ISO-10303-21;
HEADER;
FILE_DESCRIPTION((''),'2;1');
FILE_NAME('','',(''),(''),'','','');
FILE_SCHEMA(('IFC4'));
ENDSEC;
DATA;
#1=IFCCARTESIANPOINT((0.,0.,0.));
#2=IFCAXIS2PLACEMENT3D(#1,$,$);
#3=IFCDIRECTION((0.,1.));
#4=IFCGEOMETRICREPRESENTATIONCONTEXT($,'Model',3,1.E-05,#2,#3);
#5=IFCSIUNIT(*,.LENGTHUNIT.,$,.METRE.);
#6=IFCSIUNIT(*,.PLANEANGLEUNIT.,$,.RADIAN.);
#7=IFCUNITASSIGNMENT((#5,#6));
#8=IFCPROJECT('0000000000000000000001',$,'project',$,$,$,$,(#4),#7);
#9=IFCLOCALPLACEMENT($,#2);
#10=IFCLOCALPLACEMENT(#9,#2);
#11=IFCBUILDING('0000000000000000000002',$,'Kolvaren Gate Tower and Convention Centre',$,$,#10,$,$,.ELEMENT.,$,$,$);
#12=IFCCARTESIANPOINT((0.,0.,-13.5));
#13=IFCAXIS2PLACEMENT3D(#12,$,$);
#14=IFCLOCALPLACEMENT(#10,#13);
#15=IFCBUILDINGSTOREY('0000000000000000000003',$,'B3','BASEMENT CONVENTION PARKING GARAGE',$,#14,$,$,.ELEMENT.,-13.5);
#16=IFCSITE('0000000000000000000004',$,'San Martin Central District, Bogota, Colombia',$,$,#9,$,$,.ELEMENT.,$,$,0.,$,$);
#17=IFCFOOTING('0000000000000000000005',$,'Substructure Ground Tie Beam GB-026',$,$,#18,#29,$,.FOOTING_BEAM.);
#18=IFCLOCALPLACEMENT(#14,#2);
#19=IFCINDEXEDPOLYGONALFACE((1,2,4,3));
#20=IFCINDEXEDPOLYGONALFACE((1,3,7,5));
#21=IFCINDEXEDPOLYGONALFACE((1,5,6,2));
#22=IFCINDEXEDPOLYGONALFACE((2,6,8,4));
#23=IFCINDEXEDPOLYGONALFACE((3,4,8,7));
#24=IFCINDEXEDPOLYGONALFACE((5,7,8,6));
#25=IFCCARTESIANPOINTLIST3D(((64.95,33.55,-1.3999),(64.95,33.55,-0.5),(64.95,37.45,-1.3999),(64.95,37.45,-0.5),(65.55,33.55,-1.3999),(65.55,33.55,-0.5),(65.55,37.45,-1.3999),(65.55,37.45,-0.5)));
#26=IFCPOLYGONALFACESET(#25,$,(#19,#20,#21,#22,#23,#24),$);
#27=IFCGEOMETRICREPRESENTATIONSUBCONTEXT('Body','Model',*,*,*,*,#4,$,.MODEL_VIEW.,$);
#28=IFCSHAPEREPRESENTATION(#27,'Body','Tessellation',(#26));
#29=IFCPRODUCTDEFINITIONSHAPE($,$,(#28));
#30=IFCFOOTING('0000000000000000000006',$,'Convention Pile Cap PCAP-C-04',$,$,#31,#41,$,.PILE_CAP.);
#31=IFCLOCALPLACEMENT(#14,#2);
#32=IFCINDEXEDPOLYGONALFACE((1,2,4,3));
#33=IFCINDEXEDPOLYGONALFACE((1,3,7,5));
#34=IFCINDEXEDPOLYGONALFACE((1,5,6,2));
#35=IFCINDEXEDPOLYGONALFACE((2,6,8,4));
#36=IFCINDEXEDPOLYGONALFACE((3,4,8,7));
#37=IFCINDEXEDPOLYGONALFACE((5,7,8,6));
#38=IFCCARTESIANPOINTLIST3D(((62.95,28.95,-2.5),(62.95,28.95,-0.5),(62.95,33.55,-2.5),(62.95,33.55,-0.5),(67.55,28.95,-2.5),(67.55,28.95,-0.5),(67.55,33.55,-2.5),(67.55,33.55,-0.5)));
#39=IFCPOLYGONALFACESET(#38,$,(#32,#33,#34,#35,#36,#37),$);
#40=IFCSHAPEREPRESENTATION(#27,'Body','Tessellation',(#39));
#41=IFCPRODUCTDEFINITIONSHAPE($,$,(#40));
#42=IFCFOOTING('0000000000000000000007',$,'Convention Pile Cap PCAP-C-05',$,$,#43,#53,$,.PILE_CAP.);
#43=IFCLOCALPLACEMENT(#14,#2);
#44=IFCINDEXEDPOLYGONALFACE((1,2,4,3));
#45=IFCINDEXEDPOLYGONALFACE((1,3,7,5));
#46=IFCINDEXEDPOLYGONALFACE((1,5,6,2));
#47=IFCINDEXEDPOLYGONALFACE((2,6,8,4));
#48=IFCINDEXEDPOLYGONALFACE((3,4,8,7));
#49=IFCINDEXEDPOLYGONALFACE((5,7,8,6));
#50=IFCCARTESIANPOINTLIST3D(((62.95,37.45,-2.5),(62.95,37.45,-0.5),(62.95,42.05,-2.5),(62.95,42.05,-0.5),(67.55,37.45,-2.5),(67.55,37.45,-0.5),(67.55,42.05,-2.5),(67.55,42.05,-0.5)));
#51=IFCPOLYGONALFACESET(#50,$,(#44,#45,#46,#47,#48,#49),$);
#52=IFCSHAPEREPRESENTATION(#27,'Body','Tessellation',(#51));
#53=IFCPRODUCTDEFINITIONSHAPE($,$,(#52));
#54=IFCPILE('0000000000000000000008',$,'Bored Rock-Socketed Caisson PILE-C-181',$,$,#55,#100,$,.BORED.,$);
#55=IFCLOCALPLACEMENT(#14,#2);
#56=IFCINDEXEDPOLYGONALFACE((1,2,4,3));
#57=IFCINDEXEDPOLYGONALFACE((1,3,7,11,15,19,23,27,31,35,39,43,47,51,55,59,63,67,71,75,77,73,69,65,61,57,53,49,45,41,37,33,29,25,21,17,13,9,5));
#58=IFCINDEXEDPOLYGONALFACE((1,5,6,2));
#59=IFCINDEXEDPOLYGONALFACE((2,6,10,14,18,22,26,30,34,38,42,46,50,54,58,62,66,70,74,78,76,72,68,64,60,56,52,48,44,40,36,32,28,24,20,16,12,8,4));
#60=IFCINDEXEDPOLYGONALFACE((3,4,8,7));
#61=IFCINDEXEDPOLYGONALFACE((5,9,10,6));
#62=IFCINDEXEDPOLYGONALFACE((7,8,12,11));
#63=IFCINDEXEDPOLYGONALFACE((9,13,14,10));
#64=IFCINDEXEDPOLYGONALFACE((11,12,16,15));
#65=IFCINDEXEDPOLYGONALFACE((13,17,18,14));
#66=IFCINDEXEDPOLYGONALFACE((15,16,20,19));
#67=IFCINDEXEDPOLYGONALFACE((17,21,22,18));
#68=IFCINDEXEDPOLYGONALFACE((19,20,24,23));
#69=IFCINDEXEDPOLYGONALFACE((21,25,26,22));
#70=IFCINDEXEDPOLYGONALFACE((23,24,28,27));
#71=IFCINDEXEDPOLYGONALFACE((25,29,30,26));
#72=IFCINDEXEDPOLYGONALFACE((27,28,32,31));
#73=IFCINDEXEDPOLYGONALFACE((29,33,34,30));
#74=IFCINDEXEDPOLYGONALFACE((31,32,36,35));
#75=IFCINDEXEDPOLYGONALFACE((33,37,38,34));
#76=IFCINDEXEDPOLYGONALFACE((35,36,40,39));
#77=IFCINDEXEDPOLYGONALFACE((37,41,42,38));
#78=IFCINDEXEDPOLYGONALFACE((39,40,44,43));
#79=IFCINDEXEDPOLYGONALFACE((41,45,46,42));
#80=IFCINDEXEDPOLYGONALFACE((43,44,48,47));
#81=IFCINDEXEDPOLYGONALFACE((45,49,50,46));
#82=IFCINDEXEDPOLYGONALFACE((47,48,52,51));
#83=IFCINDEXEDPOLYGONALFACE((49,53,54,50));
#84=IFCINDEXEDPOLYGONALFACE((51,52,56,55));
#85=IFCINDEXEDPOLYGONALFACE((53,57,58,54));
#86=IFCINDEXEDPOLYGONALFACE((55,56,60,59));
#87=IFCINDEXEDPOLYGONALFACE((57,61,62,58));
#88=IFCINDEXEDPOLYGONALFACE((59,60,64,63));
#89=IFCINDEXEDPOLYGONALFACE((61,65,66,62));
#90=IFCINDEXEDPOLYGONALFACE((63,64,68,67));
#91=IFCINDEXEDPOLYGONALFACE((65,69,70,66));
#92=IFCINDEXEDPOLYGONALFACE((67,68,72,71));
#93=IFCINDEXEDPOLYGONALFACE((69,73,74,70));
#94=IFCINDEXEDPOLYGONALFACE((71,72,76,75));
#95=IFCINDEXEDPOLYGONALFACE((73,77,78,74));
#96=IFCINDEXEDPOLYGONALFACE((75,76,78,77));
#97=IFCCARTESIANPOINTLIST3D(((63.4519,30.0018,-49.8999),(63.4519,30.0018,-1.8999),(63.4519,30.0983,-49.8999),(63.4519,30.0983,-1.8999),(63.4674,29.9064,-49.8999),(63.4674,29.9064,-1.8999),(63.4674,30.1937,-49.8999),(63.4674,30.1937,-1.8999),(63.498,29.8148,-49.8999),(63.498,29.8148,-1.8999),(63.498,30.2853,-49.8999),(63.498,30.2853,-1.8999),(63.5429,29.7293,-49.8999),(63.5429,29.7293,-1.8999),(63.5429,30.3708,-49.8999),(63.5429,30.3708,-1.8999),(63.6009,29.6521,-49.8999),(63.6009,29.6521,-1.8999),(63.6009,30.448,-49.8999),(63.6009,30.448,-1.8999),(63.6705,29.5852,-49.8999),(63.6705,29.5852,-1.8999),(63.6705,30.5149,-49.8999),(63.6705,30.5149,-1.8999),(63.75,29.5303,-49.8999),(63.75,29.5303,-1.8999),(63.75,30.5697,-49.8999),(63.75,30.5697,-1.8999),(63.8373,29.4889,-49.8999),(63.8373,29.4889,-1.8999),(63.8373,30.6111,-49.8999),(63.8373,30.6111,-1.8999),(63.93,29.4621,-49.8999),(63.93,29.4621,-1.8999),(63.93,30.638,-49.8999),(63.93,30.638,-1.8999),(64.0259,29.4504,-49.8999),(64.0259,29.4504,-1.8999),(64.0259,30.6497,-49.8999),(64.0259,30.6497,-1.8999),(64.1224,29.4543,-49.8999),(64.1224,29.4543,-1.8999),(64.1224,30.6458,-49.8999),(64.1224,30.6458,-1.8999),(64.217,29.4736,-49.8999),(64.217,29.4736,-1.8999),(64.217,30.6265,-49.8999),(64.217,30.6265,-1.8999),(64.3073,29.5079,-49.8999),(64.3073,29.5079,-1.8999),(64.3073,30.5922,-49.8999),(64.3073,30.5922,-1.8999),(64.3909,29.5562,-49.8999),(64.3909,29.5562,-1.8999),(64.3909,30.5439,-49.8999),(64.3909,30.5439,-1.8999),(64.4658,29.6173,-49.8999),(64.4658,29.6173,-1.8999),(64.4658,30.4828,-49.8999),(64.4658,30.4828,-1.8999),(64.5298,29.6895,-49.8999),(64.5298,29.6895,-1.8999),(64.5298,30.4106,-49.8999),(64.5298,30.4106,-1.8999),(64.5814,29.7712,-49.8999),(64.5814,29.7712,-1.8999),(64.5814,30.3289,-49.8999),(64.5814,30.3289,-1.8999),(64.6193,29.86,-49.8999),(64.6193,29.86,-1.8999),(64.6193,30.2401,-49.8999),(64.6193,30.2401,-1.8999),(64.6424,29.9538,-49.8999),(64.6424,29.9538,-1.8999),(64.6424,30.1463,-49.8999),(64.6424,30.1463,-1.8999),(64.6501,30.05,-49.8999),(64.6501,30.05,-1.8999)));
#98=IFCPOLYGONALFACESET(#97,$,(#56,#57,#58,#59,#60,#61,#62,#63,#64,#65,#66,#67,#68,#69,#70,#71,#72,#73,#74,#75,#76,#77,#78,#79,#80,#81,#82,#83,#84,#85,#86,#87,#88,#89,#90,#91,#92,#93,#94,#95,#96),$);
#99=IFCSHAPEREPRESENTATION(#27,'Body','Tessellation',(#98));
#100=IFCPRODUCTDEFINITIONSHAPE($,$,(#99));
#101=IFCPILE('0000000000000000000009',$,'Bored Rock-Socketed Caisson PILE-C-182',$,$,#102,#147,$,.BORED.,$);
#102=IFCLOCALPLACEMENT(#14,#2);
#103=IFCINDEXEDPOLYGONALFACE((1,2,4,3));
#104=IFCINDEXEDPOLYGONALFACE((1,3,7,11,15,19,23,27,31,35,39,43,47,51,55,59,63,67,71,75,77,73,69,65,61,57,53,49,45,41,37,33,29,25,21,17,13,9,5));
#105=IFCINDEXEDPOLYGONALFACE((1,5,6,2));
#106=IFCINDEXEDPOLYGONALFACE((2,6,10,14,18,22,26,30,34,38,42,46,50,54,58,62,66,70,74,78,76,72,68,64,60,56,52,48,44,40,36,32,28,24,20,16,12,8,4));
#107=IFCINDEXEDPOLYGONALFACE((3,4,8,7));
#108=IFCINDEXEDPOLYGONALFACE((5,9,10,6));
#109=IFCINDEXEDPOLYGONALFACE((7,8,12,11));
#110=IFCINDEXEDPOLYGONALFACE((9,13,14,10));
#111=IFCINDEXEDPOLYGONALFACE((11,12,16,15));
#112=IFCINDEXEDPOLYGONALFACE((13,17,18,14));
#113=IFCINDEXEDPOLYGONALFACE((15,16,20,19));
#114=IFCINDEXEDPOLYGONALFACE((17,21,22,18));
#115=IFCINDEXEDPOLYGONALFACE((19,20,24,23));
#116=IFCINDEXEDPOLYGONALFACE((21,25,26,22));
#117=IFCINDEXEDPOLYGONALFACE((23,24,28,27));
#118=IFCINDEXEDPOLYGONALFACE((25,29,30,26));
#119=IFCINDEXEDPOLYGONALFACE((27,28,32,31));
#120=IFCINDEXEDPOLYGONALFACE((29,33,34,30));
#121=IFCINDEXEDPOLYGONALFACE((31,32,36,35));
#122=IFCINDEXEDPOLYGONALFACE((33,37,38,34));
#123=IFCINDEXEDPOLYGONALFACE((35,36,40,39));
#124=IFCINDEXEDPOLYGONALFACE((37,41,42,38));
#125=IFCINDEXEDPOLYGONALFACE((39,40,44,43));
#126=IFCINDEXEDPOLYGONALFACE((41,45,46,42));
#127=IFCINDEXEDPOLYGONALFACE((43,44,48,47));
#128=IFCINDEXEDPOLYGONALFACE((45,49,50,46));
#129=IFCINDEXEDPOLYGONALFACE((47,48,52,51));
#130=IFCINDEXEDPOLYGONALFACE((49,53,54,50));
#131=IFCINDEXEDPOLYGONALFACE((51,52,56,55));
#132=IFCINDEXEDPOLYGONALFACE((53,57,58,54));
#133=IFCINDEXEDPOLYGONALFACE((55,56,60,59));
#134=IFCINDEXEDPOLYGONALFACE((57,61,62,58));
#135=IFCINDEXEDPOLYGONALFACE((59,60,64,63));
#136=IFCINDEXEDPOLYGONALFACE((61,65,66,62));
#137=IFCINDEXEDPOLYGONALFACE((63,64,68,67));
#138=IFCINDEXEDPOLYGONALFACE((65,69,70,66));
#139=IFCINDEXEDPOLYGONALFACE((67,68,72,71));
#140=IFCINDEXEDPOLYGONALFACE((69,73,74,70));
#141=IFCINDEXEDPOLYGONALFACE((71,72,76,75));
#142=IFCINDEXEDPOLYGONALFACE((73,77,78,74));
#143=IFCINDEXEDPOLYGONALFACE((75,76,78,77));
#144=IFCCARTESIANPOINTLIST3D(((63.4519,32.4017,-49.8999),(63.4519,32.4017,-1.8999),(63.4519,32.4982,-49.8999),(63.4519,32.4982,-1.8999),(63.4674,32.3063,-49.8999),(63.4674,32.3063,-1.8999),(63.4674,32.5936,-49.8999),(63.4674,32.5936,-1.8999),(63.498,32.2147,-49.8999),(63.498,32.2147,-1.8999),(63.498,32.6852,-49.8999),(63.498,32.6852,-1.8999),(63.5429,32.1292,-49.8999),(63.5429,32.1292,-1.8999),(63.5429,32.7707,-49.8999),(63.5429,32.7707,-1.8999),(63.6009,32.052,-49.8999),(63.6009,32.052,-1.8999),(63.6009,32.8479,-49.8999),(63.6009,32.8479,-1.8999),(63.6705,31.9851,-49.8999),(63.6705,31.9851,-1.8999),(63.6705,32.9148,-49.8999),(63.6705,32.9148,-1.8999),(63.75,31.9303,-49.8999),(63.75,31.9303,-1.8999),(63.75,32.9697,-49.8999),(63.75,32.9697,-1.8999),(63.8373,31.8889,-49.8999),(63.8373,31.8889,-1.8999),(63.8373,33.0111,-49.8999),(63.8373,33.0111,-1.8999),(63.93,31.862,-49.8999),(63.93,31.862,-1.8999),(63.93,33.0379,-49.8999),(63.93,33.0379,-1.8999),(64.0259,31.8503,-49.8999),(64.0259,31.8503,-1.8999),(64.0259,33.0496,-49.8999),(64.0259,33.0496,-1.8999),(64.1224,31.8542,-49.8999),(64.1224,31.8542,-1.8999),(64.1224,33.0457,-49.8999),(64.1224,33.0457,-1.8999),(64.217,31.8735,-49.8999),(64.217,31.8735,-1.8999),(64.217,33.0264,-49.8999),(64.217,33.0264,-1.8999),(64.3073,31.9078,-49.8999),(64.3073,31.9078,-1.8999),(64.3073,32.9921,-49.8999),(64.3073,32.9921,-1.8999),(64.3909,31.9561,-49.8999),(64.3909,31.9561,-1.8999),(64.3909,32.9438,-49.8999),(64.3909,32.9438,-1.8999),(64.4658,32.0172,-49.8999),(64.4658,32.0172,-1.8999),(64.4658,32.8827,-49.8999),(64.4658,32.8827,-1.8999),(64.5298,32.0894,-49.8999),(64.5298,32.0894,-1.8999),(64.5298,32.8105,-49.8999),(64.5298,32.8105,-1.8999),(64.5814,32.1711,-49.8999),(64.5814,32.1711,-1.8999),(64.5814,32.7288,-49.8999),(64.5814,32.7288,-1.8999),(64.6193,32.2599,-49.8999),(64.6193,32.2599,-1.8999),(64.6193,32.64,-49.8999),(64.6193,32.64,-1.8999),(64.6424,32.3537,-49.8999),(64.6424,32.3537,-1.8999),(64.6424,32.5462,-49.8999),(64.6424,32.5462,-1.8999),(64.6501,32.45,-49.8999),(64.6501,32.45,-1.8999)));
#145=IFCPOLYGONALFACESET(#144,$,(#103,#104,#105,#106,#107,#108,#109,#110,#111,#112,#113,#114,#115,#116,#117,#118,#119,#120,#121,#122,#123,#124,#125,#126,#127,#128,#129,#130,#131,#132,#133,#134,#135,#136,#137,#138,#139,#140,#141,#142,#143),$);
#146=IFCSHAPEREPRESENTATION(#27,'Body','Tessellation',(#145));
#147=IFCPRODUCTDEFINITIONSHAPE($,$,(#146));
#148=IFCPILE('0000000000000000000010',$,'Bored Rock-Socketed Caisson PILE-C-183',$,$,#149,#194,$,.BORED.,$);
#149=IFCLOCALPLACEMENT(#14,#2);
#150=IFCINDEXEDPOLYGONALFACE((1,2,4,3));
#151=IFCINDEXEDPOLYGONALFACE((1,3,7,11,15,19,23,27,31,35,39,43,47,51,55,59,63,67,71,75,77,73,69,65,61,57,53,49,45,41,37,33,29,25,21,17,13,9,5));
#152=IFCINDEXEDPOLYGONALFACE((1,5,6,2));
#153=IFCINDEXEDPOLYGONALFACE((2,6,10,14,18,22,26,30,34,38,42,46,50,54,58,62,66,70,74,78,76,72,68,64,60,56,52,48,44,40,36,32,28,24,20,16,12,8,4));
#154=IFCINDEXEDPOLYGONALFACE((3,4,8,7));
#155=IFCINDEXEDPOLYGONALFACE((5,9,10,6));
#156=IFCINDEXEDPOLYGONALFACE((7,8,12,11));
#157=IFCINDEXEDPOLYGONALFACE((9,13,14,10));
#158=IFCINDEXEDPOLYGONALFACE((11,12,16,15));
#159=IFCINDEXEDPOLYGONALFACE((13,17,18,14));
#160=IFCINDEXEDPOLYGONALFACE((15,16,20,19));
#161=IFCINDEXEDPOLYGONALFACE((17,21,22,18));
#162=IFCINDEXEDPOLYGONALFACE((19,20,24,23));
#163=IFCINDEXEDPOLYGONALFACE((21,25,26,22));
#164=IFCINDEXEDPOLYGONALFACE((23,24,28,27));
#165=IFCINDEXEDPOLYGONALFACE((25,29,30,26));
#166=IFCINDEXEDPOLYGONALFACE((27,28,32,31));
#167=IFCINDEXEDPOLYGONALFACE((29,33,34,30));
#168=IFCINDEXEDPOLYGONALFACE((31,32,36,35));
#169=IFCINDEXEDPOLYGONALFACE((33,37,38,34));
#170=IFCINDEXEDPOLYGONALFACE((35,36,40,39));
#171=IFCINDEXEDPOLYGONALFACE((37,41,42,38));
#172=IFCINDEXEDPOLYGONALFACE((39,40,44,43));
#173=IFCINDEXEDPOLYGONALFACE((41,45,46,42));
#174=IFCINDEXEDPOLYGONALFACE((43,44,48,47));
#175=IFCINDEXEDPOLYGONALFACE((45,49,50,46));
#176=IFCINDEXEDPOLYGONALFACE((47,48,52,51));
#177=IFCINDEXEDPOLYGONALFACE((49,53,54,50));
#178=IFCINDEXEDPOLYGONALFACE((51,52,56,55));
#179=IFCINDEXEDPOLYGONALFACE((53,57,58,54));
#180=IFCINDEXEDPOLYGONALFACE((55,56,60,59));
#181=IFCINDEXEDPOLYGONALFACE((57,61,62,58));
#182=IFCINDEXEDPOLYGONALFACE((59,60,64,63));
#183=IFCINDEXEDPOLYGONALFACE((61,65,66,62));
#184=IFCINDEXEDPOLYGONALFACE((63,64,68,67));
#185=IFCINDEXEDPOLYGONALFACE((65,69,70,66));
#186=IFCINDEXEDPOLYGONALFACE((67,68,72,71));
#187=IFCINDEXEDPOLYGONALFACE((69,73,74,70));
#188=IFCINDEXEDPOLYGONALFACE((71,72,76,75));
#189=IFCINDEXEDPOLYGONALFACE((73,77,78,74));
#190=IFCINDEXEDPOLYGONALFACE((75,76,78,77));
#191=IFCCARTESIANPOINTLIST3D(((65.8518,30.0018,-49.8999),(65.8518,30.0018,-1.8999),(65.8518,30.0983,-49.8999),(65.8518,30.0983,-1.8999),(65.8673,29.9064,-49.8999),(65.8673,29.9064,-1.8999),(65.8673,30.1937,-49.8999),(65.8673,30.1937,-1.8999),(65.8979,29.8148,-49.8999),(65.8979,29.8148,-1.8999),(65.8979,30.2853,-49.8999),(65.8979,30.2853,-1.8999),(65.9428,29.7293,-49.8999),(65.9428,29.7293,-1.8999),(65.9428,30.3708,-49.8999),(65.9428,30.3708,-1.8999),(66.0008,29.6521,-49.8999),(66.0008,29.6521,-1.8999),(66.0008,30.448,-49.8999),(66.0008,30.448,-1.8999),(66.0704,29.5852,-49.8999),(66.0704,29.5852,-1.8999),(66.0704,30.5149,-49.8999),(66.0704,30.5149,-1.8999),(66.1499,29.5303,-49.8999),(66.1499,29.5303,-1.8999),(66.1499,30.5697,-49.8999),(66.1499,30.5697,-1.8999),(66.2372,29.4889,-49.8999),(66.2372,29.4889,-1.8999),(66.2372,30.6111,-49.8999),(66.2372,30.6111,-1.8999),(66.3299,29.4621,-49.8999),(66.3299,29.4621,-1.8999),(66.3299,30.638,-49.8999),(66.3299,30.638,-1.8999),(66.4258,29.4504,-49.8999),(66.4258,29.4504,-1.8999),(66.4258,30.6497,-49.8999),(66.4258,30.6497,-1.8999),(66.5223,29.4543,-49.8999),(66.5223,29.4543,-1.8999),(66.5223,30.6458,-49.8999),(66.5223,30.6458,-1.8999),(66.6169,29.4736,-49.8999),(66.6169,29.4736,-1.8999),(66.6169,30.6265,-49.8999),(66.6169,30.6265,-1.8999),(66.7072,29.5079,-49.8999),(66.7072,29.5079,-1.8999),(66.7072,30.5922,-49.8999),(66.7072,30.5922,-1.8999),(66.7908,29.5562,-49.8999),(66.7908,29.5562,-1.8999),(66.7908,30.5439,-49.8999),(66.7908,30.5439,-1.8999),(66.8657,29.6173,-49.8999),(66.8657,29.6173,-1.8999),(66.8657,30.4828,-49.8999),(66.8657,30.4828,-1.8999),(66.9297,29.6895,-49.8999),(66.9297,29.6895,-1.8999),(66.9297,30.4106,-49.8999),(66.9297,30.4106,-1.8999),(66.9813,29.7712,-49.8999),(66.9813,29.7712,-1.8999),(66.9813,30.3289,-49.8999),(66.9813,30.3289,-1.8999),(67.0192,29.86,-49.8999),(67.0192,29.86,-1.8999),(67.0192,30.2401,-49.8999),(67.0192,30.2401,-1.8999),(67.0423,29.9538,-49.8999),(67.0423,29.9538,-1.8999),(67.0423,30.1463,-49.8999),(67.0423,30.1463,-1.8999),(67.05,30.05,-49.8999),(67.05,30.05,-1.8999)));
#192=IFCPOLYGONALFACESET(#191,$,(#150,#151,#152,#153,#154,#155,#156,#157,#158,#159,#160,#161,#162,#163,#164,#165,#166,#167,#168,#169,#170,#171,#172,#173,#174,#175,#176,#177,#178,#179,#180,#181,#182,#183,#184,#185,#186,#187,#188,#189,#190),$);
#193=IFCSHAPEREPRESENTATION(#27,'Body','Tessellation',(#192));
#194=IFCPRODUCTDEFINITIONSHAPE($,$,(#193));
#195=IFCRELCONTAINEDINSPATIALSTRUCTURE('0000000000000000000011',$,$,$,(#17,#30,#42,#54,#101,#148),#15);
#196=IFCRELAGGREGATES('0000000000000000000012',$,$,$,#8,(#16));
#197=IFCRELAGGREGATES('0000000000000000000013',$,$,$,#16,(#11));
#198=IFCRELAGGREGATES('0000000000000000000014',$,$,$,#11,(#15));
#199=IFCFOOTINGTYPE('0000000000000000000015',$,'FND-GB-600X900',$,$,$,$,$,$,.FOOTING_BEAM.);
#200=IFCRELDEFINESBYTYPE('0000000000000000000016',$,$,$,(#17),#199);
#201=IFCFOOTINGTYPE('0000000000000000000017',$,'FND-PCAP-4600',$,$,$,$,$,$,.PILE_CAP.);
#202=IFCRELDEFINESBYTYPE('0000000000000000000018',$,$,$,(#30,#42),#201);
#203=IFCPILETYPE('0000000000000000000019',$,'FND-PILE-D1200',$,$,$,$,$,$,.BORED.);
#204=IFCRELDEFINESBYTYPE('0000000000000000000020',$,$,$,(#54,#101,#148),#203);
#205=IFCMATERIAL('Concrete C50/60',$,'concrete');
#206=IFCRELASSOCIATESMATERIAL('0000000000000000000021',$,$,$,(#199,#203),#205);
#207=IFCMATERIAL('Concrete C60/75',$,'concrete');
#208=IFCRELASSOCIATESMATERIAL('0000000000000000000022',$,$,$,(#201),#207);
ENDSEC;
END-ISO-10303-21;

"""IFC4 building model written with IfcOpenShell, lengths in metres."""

from ifc_helpers import new_model, si_unit, direction, frame, origin, origin_2d, place, context, subcontext, project, spatial, rectangle, circle, extrude, material, material_profile, profile_set, type_object, element, save


model = new_model("IFC4")

# Units and contexts
model_context = context("Model", 3, precision=1e-05, world=origin(), true_north=direction((0.0, 1.0)))
body_context = subcontext(model_context, "Body", "Model", "MODEL_VIEW")
ifc_project = project(units=[si_unit("LENGTHUNIT", "METRE"), si_unit("PLANEANGLEUNIT", "RADIAN")], contexts=[model_context])

# Site, building, storey
site_placement = place(None, origin())
site = spatial("IfcSite", under=ifc_project, at=site_placement, Name="San Martin Central District, Bogota, Colombia", CompositionType="ELEMENT", RefElevation=0.0)
building_placement = place(site_placement, origin())
building = spatial("IfcBuilding", under=site, at=building_placement, Name="Kolvaren Gate Tower and Convention Centre", CompositionType="ELEMENT")
storey_placement = place(building_placement, frame((0.0, 0.0, -13.5)))
storey = spatial("IfcBuildingStorey", under=building, at=storey_placement, Name="B3", Description="BASEMENT CONVENTION PARKING GARAGE", CompositionType="ELEMENT", Elevation=-13.5)

# Footings
ifc_material_1 = material(Name="Concrete C50/60", Category="concrete")
ifc_material_profile_1 = material_profile(ifc_material_1, rectangle(XDim=0.6001, YDim=0.8999, at=origin_2d()), Name="RC-BM-600X900")
ifc_profile_set_1 = profile_set([ifc_material_profile_1], Name="Concrete C50/60")
footing_type_1 = type_object("IfcFootingType", Name="FND-GB-600X900", PredefinedType="FOOTING_BEAM", material=ifc_profile_set_1)
footing_placement = place(storey_placement, frame((65.25, 33.55, -0.95), z_axis=(0.0, 1.0, 0.0), x_axis=(-1.0, 0.0, 0.0)))
element("IfcFooting", 1, at=footing_placement, inside=storey, type_object=footing_type_1, Name="Substructure Ground Tie Beam GB-026", PredefinedType="FOOTING_BEAM", context=body_context, shape_type="SweptSolid", body=[
    extrude(rectangle(XDim=0.6001, YDim=0.8999, at=origin_2d()), origin(), (0.0, 0.0, 1.0), 3.8999),
])
ifc_material_2 = material(Name="Concrete C60/75", Category="concrete")
footing_type_2 = type_object("IfcFootingType", Name="FND-PCAP-4600", PredefinedType="PILE_CAP", material=ifc_material_2)
for number, where, z_axis, x_axis, name in (
    (2, (65.25, 31.25, -2.5), (0.0, 0.0, 1.0), (1.0, 0.0, 0.0), "Convention Pile Cap PCAP-C-04"),
    (3, (65.25, 39.75, -2.5), (0.0, 0.0, 1.0), (1.0, 0.0, 0.0), "Convention Pile Cap PCAP-C-05"),
):
    element("IfcFooting", number, at=place(storey_placement, frame(where, z_axis=z_axis, x_axis=x_axis)), inside=storey, type_object=footing_type_2, Name=name, PredefinedType="PILE_CAP", context=body_context, shape_type="SweptSolid", body=[
        extrude(rectangle(XDim=4.6001, YDim=4.6001, at=origin_2d()), origin(), (0.0, 0.0, 1.0), 2.0),
    ])

# Piles
ifc_material_profile_2 = material_profile(ifc_material_1, circle(Radius=0.6001, at=origin_2d()), Name="CAISSON-D1200")
ifc_profile_set_2 = profile_set([ifc_material_profile_2], Name="Concrete C50/60")
pile_type = type_object("IfcPileType", Name="FND-PILE-D1200", PredefinedType="BORED", material=ifc_profile_set_2)
for number, where, z_axis, x_axis, name in (
    (4, (64.05, 30.05, -1.8999), (0.0, 0.0, -1.0), (1.0, 0.0, 0.0), "Bored Rock-Socketed Caisson PILE-C-181"),
    (5, (64.05, 32.45, -1.8999), (0.0, 0.0, -1.0), (1.0, 0.0, 0.0), "Bored Rock-Socketed Caisson PILE-C-182"),
    (6, (66.45, 30.05, -1.8999), (0.0, 0.0, -1.0), (1.0, 0.0, 0.0), "Bored Rock-Socketed Caisson PILE-C-183"),
):
    element("IfcPile", number, at=place(storey_placement, frame(where, z_axis=z_axis, x_axis=x_axis)), inside=storey, type_object=pile_type, Name=name, PredefinedType="BORED", context=body_context, shape_type="SweptSolid", body=[
        extrude(circle(Radius=0.6001, at=origin_2d()), origin(), (0.0, 0.0, 1.0), 48.0),
    ])

save(model, "model.ifc")
